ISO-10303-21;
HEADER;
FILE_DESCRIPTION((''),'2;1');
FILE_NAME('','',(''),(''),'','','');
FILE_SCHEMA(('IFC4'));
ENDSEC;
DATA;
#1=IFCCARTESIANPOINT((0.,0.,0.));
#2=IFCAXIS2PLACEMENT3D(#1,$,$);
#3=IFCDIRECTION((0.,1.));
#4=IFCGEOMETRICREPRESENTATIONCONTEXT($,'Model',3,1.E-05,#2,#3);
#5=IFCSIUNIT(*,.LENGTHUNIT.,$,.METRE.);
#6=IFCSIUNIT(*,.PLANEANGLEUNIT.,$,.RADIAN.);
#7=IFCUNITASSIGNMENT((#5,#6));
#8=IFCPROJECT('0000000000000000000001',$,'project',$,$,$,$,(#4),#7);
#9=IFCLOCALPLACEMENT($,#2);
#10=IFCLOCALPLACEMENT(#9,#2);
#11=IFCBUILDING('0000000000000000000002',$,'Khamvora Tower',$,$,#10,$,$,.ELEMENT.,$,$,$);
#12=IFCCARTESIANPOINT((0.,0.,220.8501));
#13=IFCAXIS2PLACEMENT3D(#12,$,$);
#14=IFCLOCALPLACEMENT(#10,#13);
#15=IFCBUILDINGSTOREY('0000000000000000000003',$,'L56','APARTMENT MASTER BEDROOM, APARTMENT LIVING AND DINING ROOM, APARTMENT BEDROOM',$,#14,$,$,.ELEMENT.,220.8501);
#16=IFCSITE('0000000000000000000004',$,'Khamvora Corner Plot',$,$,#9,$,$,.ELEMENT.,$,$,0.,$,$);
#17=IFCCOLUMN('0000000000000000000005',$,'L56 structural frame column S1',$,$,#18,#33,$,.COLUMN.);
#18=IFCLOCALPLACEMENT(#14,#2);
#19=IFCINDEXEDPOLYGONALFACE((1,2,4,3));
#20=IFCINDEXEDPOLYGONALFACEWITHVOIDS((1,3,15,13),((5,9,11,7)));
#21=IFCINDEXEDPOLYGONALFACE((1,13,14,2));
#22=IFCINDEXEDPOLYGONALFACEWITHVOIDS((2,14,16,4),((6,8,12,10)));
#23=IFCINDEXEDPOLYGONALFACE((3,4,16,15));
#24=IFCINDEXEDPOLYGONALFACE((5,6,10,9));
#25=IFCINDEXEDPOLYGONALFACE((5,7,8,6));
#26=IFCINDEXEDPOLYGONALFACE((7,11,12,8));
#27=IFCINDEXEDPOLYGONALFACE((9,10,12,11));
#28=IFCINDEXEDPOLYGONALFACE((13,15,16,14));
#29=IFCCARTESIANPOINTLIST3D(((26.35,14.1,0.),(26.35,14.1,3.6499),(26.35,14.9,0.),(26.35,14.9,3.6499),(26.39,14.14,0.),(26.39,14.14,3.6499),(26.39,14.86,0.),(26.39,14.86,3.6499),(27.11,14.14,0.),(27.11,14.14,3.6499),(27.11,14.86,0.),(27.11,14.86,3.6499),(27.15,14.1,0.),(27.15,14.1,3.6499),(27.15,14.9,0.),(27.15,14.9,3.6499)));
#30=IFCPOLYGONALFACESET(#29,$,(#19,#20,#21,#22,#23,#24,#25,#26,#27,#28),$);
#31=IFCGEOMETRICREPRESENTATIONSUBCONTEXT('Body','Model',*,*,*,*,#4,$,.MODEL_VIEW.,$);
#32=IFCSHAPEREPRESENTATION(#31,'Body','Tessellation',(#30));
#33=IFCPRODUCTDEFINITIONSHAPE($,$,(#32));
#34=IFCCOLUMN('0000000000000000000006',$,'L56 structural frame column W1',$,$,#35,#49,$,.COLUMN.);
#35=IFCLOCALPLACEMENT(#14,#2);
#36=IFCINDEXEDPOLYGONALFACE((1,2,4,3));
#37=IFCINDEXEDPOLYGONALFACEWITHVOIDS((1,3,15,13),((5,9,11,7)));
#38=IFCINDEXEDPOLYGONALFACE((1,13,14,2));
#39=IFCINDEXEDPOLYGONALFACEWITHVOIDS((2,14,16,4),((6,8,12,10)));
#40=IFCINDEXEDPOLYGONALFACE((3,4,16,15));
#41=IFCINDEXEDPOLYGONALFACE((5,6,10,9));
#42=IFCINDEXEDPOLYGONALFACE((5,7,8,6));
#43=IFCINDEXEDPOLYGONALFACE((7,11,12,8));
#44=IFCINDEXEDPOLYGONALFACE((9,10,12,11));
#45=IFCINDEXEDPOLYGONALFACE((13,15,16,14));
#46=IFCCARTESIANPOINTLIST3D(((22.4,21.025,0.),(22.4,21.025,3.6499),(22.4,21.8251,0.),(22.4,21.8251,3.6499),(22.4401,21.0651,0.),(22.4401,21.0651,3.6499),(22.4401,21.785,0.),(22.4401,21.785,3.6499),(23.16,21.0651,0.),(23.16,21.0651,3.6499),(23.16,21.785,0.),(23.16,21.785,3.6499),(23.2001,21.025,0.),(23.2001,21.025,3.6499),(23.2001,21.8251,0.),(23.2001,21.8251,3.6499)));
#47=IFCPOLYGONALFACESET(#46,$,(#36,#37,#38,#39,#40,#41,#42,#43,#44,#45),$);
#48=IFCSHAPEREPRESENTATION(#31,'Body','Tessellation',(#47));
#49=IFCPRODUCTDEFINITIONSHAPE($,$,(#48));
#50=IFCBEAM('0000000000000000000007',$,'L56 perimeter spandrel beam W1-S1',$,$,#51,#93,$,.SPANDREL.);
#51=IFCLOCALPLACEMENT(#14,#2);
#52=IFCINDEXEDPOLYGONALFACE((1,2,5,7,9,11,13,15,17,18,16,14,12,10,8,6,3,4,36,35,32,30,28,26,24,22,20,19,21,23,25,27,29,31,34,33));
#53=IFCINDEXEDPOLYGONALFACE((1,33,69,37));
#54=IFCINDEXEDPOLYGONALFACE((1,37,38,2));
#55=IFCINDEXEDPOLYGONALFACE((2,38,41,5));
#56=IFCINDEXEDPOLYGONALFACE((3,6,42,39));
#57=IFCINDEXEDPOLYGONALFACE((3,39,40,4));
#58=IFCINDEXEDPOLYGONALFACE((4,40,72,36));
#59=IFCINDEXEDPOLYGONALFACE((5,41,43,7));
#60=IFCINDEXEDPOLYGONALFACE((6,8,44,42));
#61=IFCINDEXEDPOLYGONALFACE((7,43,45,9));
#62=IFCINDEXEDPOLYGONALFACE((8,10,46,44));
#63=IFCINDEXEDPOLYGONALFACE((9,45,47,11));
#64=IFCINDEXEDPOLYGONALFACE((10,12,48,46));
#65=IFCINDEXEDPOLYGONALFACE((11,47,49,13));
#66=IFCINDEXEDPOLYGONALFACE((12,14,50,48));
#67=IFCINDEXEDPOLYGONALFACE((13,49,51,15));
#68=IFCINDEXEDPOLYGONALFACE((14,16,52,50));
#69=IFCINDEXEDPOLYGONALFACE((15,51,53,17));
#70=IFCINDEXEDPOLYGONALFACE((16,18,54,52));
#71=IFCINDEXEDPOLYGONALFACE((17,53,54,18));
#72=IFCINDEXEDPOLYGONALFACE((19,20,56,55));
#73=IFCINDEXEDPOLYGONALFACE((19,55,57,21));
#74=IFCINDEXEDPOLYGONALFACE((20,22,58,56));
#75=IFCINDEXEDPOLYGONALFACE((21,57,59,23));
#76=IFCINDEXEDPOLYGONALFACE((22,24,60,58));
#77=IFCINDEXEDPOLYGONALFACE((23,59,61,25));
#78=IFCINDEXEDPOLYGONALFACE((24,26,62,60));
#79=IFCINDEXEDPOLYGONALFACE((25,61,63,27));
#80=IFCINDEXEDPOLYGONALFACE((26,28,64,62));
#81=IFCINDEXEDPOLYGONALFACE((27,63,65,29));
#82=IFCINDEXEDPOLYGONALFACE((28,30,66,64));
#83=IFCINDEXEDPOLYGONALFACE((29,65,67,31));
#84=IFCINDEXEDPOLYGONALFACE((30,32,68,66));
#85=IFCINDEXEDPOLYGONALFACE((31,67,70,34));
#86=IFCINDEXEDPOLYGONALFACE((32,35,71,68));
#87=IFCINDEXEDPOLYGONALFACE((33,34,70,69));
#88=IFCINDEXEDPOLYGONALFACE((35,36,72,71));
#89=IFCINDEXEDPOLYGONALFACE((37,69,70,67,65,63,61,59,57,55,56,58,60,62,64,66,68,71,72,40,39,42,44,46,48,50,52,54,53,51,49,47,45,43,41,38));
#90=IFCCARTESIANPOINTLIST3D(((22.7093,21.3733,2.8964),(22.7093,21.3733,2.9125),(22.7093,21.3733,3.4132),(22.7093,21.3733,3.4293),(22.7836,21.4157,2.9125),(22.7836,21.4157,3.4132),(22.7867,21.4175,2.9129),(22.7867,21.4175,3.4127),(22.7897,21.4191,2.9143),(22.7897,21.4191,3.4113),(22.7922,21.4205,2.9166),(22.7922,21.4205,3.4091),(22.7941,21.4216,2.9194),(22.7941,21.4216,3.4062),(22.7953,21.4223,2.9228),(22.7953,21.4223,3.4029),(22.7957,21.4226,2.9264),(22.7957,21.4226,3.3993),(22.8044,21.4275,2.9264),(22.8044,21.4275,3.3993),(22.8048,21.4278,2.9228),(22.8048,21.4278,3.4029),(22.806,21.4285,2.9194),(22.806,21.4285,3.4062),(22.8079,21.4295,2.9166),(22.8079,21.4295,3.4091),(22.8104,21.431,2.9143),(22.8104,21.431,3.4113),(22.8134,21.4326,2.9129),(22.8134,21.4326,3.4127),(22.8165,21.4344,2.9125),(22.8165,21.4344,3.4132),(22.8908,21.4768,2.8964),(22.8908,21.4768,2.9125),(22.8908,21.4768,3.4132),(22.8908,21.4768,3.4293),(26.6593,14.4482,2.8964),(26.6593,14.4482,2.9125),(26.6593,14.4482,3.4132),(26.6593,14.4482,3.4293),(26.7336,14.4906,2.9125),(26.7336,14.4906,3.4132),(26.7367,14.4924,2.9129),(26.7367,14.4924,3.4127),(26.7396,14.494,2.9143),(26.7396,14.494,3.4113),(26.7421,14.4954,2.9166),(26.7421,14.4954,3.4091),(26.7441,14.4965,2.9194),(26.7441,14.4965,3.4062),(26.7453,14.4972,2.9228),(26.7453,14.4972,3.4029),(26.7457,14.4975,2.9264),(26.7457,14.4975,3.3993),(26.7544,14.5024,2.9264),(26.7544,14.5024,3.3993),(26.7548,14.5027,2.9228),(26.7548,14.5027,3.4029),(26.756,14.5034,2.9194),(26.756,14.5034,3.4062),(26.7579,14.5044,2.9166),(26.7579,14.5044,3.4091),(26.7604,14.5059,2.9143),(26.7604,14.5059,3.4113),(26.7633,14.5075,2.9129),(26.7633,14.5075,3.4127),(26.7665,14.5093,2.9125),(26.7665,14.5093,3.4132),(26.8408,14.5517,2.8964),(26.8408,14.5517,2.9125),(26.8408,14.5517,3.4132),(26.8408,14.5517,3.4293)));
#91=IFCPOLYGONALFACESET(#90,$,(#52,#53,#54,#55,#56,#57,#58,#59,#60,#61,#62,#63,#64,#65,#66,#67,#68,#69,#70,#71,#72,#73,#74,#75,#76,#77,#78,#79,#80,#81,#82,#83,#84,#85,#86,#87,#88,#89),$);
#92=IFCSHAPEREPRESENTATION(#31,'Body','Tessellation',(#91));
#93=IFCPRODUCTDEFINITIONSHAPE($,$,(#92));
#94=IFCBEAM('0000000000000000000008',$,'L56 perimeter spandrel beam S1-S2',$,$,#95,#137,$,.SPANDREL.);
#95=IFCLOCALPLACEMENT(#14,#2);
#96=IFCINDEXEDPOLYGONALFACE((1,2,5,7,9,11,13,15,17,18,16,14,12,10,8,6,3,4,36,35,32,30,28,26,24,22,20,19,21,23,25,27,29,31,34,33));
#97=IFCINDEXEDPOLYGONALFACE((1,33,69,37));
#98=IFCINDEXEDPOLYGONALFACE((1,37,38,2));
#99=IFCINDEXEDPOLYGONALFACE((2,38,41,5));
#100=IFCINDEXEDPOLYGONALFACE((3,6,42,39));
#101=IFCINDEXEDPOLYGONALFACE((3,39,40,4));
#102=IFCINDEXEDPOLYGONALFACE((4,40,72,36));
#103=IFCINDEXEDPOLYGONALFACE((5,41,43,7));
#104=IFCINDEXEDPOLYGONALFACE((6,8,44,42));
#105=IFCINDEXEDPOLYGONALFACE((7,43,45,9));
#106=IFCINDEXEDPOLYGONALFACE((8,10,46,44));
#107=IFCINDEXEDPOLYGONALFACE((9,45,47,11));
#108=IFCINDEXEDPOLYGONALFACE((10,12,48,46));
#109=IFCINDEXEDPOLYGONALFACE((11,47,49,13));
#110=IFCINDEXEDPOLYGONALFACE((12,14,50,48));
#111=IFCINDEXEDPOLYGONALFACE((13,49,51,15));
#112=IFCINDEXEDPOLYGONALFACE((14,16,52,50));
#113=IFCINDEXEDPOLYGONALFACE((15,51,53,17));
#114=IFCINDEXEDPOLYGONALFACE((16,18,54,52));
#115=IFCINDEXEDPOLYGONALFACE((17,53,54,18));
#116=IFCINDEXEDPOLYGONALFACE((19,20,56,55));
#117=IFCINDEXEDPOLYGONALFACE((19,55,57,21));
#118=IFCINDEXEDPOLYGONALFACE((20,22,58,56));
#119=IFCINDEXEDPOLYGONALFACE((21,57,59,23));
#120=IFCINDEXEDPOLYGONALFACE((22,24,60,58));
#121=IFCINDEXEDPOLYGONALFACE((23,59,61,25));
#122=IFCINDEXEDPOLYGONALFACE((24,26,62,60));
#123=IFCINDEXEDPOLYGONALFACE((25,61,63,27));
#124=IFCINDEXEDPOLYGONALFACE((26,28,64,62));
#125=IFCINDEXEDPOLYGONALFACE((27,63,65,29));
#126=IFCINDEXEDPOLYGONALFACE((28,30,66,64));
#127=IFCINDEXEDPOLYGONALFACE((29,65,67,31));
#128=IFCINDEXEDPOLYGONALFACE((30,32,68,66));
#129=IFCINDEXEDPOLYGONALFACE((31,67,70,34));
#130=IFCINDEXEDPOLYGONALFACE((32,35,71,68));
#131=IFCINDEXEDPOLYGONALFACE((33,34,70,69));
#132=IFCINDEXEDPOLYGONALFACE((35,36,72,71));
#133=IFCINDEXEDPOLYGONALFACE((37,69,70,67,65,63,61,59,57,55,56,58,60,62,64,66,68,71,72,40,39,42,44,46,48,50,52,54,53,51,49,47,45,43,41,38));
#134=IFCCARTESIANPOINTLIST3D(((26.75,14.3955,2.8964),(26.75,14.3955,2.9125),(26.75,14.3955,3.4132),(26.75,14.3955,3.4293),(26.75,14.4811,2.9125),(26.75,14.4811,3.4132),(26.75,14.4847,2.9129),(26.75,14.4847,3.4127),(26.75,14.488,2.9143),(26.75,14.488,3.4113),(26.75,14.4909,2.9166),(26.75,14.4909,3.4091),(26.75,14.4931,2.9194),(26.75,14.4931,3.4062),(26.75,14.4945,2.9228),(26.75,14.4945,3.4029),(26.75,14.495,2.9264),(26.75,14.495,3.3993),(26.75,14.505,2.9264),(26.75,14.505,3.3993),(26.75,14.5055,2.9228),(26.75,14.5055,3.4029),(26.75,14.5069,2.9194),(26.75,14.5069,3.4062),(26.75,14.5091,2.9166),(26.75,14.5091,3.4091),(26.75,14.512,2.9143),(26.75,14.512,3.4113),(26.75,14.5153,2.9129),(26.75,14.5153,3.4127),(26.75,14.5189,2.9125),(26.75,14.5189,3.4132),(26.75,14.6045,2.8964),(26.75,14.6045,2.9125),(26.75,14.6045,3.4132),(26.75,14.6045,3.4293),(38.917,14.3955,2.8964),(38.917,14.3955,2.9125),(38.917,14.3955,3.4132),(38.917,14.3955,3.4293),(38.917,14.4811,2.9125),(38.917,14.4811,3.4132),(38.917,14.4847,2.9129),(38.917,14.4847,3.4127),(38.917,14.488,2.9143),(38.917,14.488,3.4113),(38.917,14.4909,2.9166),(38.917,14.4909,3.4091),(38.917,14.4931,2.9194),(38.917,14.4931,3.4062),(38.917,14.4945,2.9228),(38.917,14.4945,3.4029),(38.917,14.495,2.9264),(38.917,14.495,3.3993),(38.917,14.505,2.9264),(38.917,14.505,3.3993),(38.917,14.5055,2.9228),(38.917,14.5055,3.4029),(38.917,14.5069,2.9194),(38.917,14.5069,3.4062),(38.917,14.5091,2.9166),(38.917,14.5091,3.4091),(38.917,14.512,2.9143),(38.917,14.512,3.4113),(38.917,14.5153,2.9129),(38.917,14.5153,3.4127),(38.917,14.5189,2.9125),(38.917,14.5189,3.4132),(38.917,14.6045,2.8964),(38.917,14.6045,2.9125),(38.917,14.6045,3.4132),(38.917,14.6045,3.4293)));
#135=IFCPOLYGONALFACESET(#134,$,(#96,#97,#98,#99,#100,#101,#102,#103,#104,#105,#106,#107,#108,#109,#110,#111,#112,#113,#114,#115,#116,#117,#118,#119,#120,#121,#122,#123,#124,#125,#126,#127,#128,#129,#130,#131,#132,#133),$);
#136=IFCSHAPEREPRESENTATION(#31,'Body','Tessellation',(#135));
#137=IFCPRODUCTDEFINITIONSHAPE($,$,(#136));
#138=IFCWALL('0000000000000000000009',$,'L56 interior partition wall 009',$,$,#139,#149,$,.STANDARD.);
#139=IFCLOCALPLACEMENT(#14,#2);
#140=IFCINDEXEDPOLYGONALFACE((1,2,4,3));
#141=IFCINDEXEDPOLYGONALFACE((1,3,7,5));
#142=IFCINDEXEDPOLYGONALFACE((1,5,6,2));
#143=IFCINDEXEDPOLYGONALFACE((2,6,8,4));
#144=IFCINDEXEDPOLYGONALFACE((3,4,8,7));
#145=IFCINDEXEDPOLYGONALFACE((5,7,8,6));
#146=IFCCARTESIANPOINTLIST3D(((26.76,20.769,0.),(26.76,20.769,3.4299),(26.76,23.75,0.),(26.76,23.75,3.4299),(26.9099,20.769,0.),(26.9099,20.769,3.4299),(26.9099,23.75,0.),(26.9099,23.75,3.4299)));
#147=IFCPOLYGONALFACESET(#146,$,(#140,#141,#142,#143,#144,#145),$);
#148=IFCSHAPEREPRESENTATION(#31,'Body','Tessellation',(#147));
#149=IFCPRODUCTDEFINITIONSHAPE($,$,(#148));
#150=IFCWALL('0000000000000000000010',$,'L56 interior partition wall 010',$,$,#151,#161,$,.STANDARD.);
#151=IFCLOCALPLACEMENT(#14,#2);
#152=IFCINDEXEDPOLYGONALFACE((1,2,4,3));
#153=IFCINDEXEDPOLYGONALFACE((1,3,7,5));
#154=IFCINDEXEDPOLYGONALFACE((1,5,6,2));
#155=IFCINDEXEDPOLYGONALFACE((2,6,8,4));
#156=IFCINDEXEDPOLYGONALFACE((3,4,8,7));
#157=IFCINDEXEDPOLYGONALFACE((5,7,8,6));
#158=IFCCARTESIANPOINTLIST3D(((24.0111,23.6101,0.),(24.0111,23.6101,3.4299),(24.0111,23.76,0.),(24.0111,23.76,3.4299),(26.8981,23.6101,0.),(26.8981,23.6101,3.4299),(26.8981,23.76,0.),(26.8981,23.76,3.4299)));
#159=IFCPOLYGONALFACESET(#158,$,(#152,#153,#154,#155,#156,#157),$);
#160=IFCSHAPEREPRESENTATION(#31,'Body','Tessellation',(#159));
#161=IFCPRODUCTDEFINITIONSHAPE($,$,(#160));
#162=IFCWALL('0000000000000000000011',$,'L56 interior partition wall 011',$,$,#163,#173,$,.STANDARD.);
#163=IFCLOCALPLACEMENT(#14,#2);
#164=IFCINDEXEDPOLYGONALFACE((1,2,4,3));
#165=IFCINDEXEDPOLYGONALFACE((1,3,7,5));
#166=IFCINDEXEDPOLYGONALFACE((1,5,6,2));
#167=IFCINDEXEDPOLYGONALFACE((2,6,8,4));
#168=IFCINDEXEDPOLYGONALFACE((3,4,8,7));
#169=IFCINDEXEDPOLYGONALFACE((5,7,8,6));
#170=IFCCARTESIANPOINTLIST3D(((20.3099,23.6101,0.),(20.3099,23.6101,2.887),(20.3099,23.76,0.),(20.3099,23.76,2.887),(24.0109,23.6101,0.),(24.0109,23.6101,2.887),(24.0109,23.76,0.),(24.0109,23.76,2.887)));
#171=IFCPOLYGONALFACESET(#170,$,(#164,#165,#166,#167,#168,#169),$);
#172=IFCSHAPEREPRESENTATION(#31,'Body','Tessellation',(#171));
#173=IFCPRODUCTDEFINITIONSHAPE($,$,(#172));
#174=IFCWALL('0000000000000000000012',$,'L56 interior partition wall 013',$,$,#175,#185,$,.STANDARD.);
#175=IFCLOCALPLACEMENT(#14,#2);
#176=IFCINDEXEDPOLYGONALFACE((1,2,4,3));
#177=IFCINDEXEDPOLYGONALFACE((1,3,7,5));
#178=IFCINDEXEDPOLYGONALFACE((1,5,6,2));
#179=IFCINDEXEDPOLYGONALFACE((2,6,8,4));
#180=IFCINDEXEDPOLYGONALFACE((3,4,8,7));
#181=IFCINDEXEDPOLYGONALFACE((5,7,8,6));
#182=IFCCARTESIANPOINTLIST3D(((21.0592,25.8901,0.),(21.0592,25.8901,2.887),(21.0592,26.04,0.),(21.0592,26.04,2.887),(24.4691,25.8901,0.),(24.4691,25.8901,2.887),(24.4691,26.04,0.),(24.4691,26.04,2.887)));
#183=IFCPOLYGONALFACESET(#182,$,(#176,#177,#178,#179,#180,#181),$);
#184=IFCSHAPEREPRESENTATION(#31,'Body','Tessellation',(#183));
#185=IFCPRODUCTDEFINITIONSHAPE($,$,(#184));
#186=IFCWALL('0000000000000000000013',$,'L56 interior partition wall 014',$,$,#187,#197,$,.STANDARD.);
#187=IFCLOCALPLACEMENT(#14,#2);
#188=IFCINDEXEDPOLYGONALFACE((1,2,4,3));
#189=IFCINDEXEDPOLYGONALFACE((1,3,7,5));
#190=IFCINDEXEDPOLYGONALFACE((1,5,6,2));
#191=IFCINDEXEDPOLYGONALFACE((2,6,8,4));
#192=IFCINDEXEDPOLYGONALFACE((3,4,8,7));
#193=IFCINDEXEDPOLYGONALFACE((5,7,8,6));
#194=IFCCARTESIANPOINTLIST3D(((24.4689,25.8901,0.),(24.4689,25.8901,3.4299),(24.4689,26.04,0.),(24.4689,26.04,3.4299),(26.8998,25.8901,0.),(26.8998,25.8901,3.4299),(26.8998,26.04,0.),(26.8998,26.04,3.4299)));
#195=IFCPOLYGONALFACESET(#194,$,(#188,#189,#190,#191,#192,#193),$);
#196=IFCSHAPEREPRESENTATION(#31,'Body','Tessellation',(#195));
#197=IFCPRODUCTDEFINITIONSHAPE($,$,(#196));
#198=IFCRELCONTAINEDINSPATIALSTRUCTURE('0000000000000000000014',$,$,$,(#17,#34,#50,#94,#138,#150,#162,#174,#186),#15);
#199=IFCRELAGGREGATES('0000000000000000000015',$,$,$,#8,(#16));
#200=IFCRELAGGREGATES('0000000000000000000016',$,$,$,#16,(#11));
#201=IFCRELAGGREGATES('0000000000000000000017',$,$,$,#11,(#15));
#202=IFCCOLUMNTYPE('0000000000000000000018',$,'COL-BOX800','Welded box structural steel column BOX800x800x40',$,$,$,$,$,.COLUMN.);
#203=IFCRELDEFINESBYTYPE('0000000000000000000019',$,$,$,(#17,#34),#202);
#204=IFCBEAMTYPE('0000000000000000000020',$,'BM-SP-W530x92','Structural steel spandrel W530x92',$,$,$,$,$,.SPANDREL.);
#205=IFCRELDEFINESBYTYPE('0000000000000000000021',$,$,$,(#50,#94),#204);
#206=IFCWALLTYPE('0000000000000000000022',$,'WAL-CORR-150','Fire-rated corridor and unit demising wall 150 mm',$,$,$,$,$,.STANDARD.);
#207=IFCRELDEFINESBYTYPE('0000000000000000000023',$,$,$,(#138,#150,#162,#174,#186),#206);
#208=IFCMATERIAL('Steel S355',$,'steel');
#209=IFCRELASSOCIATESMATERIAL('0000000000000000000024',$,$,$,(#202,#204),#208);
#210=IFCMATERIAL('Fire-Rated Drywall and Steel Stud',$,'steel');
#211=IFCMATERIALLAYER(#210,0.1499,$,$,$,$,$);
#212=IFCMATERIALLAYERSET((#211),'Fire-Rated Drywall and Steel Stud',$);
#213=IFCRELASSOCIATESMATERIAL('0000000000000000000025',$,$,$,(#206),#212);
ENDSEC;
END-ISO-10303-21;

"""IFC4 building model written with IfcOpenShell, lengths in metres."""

from ifc_helpers import new_model, si_unit, direction, frame, frame_2d, origin, origin_2d, place, context, subcontext, project, spatial, rectangle, hollow_rectangle, i_section, extrude, material, layer, layer_set, material_profile, profile_set, type_object, element, save


model = new_model("IFC4")

# Units and contexts
model_context = context("Model", 3, precision=1e-05, world=origin(), true_north=direction((0.0, 1.0)))
body_context = subcontext(model_context, "Body", "Model", "MODEL_VIEW")
ifc_project = project(units=[si_unit("LENGTHUNIT", "METRE"), si_unit("PLANEANGLEUNIT", "RADIAN")], contexts=[model_context])

# Site, building, storey
site_placement = place(None, origin())
site = spatial("IfcSite", under=ifc_project, at=site_placement, Name="Khamvora Corner Plot", CompositionType="ELEMENT", RefElevation=0.0)
building_placement = place(site_placement, origin())
building = spatial("IfcBuilding", under=site, at=building_placement, Name="Khamvora Tower", CompositionType="ELEMENT")
storey_placement = place(building_placement, frame((0.0, 0.0, 220.8501)))
storey = spatial("IfcBuildingStorey", under=building, at=storey_placement, Name="L56", Description="APARTMENT MASTER BEDROOM, APARTMENT LIVING AND DINING ROOM, APARTMENT BEDROOM", CompositionType="ELEMENT", Elevation=220.8501)

# Columns
ifc_material_1 = material(Name="Steel S355", Category="steel")
ifc_material_profile_1 = material_profile(ifc_material_1, hollow_rectangle(XDim=0.8, YDim=0.8, WallThickness=0.04, at=origin_2d()), Name="BOX800x800x40")
ifc_profile_set_1 = profile_set([ifc_material_profile_1], Name="Steel S355")
column_type = type_object("IfcColumnType", Name="COL-BOX800", Description="Welded box structural steel column BOX800x800x40", PredefinedType="COLUMN", material=ifc_profile_set_1)
for number, where, z_axis, x_axis, name in (
    (1, (26.75, 14.5, 0.0), (0.0, 0.0, 1.0), (1.0, 0.0, 0.0), "L56 structural frame column S1"),
    (2, (22.8, 21.425, 0.0), (0.0, 0.0, 1.0), (1.0, 0.0, 0.0), "L56 structural frame column W1"),
):
    element("IfcColumn", number, at=place(storey_placement, frame(where, z_axis=z_axis, x_axis=x_axis)), inside=storey, type_object=column_type, Name=name, PredefinedType="COLUMN", context=body_context, shape_type="SweptSolid", body=[
        extrude(hollow_rectangle(XDim=0.8, YDim=0.8, WallThickness=0.04, at=origin_2d()), origin(), (0.0, 0.0, 1.0), 3.6499),
    ])

# Beams
ifc_material_profile_2 = material_profile(ifc_material_1, i_section(OverallWidth=0.209, OverallDepth=0.533, WebThickness=0.01, FlangeThickness=0.0161, FilletRadius=0.0139, at=origin_2d()), Name="W530x92")
ifc_profile_set_2 = profile_set([ifc_material_profile_2], Name="Steel S355")
beam_type = type_object("IfcBeamType", Name="BM-SP-W530x92", Description="Structural steel spandrel W530x92", PredefinedType="SPANDREL", material=ifc_profile_set_2)
beam_1_placement = place(storey_placement, frame((22.8, 21.425, 3.1628), z_axis=(0.495456, -0.868633, 0.0), x_axis=(0.868633, 0.495456, 0.0)))
element("IfcBeam", 3, at=beam_1_placement, inside=storey, type_object=beam_type, Name="L56 perimeter spandrel beam W1-S1", PredefinedType="SPANDREL", context=body_context, shape_type="SweptSolid", body=[
    extrude(i_section(OverallWidth=0.209, OverallDepth=0.533, WebThickness=0.01, FlangeThickness=0.0161, FilletRadius=0.0139, at=origin_2d()), origin(), (0.0, 0.0, 1.0), 7.9724),
])
beam_2_placement = place(storey_placement, frame((26.75, 14.5, 3.1628), z_axis=(1.0, 0.0, 0.0), x_axis=(0.0, 1.0, 0.0)))
element("IfcBeam", 4, at=beam_2_placement, inside=storey, type_object=beam_type, Name="L56 perimeter spandrel beam S1-S2", PredefinedType="SPANDREL", context=body_context, shape_type="SweptSolid", body=[
    extrude(i_section(OverallWidth=0.209, OverallDepth=0.533, WebThickness=0.01, FlangeThickness=0.0161, FilletRadius=0.0139, at=origin_2d()), origin(), (0.0, 0.0, 1.0), 12.167),
])

# Shared definitions
ifc_material_2 = material(Name="Fire-Rated Drywall and Steel Stud", Category="steel")
ifc_layer_1 = layer(ifc_material_2, 0.1499)
ifc_layer_set_1 = layer_set([ifc_layer_1], Name="Fire-Rated Drywall and Steel Stud")
wall_type_1 = type_object("IfcWallType", Name="WAL-CORR-150", Description="Fire-rated corridor and unit demising wall 150 mm", PredefinedType="STANDARD", material=ifc_layer_set_1)

# Walls
wall_1_placement = place(storey_placement, frame((26.835, 20.769, 0.0), z_axis=(0.0, 0.0, 1.0), x_axis=(0.0, 1.0, 0.0)))
element("IfcWall", 5, at=wall_1_placement, inside=storey, type_object=wall_type_1, Name="L56 interior partition wall 009", PredefinedType="STANDARD", context=body_context, shape_type="SweptSolid", body=[
    extrude(rectangle(XDim=2.981, YDim=0.1499, at=frame_2d((1.4905, 0.0))), origin(), (0.0, 0.0, 1.0), 3.4299),
])
wall_2_placement = place(storey_placement, frame((26.8979, 23.6851, 0.0), z_axis=(0.0, 0.0, 1.0), x_axis=(-1.0, 0.0, 0.0)))
element("IfcWall", 6, at=wall_2_placement, inside=storey, type_object=wall_type_1, Name="L56 interior partition wall 010", PredefinedType="STANDARD", context=body_context, shape_type="SweptSolid", body=[
    extrude(rectangle(XDim=2.887, YDim=0.1499, at=frame_2d((1.4434, 0.0))), origin(), (0.0, 0.0, 1.0), 3.4299),
])
wall_3_placement = place(storey_placement, frame((24.011, 23.6851, 0.0), z_axis=(0.0, 0.0, 1.0), x_axis=(-1.0, 0.0, 0.0)))
element("IfcWall", 7, at=wall_3_placement, inside=storey, type_object=wall_type_1, Name="L56 interior partition wall 011", PredefinedType="STANDARD", context=body_context, shape_type="SweptSolid", body=[
    extrude(rectangle(XDim=3.7009, YDim=0.1499, at=frame_2d((1.8506, 0.0))), origin(), (0.0, 0.0, 1.0), 2.887),
])
wall_4_placement = place(storey_placement, frame((21.0591, 25.9651, 0.0), z_axis=(0.0, 0.0, 1.0), x_axis=(1.0, 0.0, 0.0)))
element("IfcWall", 8, at=wall_4_placement, inside=storey, type_object=wall_type_1, Name="L56 interior partition wall 013", PredefinedType="STANDARD", context=body_context, shape_type="SweptSolid", body=[
    extrude(rectangle(XDim=3.4099, YDim=0.1499, at=frame_2d((1.7051, 0.0))), origin(), (0.0, 0.0, 1.0), 2.887),
])
wall_5_placement = place(storey_placement, frame((24.469, 25.9651, 0.0), z_axis=(0.0, 0.0, 1.0), x_axis=(1.0, 0.0, 0.0)))
element("IfcWall", 9, at=wall_5_placement, inside=storey, type_object=wall_type_1, Name="L56 interior partition wall 014", PredefinedType="STANDARD", context=body_context, shape_type="SweptSolid", body=[
    extrude(rectangle(XDim=2.4309, YDim=0.1499, at=frame_2d((1.2153, 0.0))), origin(), (0.0, 0.0, 1.0), 3.4299),
])

save(model, "model.ifc")
